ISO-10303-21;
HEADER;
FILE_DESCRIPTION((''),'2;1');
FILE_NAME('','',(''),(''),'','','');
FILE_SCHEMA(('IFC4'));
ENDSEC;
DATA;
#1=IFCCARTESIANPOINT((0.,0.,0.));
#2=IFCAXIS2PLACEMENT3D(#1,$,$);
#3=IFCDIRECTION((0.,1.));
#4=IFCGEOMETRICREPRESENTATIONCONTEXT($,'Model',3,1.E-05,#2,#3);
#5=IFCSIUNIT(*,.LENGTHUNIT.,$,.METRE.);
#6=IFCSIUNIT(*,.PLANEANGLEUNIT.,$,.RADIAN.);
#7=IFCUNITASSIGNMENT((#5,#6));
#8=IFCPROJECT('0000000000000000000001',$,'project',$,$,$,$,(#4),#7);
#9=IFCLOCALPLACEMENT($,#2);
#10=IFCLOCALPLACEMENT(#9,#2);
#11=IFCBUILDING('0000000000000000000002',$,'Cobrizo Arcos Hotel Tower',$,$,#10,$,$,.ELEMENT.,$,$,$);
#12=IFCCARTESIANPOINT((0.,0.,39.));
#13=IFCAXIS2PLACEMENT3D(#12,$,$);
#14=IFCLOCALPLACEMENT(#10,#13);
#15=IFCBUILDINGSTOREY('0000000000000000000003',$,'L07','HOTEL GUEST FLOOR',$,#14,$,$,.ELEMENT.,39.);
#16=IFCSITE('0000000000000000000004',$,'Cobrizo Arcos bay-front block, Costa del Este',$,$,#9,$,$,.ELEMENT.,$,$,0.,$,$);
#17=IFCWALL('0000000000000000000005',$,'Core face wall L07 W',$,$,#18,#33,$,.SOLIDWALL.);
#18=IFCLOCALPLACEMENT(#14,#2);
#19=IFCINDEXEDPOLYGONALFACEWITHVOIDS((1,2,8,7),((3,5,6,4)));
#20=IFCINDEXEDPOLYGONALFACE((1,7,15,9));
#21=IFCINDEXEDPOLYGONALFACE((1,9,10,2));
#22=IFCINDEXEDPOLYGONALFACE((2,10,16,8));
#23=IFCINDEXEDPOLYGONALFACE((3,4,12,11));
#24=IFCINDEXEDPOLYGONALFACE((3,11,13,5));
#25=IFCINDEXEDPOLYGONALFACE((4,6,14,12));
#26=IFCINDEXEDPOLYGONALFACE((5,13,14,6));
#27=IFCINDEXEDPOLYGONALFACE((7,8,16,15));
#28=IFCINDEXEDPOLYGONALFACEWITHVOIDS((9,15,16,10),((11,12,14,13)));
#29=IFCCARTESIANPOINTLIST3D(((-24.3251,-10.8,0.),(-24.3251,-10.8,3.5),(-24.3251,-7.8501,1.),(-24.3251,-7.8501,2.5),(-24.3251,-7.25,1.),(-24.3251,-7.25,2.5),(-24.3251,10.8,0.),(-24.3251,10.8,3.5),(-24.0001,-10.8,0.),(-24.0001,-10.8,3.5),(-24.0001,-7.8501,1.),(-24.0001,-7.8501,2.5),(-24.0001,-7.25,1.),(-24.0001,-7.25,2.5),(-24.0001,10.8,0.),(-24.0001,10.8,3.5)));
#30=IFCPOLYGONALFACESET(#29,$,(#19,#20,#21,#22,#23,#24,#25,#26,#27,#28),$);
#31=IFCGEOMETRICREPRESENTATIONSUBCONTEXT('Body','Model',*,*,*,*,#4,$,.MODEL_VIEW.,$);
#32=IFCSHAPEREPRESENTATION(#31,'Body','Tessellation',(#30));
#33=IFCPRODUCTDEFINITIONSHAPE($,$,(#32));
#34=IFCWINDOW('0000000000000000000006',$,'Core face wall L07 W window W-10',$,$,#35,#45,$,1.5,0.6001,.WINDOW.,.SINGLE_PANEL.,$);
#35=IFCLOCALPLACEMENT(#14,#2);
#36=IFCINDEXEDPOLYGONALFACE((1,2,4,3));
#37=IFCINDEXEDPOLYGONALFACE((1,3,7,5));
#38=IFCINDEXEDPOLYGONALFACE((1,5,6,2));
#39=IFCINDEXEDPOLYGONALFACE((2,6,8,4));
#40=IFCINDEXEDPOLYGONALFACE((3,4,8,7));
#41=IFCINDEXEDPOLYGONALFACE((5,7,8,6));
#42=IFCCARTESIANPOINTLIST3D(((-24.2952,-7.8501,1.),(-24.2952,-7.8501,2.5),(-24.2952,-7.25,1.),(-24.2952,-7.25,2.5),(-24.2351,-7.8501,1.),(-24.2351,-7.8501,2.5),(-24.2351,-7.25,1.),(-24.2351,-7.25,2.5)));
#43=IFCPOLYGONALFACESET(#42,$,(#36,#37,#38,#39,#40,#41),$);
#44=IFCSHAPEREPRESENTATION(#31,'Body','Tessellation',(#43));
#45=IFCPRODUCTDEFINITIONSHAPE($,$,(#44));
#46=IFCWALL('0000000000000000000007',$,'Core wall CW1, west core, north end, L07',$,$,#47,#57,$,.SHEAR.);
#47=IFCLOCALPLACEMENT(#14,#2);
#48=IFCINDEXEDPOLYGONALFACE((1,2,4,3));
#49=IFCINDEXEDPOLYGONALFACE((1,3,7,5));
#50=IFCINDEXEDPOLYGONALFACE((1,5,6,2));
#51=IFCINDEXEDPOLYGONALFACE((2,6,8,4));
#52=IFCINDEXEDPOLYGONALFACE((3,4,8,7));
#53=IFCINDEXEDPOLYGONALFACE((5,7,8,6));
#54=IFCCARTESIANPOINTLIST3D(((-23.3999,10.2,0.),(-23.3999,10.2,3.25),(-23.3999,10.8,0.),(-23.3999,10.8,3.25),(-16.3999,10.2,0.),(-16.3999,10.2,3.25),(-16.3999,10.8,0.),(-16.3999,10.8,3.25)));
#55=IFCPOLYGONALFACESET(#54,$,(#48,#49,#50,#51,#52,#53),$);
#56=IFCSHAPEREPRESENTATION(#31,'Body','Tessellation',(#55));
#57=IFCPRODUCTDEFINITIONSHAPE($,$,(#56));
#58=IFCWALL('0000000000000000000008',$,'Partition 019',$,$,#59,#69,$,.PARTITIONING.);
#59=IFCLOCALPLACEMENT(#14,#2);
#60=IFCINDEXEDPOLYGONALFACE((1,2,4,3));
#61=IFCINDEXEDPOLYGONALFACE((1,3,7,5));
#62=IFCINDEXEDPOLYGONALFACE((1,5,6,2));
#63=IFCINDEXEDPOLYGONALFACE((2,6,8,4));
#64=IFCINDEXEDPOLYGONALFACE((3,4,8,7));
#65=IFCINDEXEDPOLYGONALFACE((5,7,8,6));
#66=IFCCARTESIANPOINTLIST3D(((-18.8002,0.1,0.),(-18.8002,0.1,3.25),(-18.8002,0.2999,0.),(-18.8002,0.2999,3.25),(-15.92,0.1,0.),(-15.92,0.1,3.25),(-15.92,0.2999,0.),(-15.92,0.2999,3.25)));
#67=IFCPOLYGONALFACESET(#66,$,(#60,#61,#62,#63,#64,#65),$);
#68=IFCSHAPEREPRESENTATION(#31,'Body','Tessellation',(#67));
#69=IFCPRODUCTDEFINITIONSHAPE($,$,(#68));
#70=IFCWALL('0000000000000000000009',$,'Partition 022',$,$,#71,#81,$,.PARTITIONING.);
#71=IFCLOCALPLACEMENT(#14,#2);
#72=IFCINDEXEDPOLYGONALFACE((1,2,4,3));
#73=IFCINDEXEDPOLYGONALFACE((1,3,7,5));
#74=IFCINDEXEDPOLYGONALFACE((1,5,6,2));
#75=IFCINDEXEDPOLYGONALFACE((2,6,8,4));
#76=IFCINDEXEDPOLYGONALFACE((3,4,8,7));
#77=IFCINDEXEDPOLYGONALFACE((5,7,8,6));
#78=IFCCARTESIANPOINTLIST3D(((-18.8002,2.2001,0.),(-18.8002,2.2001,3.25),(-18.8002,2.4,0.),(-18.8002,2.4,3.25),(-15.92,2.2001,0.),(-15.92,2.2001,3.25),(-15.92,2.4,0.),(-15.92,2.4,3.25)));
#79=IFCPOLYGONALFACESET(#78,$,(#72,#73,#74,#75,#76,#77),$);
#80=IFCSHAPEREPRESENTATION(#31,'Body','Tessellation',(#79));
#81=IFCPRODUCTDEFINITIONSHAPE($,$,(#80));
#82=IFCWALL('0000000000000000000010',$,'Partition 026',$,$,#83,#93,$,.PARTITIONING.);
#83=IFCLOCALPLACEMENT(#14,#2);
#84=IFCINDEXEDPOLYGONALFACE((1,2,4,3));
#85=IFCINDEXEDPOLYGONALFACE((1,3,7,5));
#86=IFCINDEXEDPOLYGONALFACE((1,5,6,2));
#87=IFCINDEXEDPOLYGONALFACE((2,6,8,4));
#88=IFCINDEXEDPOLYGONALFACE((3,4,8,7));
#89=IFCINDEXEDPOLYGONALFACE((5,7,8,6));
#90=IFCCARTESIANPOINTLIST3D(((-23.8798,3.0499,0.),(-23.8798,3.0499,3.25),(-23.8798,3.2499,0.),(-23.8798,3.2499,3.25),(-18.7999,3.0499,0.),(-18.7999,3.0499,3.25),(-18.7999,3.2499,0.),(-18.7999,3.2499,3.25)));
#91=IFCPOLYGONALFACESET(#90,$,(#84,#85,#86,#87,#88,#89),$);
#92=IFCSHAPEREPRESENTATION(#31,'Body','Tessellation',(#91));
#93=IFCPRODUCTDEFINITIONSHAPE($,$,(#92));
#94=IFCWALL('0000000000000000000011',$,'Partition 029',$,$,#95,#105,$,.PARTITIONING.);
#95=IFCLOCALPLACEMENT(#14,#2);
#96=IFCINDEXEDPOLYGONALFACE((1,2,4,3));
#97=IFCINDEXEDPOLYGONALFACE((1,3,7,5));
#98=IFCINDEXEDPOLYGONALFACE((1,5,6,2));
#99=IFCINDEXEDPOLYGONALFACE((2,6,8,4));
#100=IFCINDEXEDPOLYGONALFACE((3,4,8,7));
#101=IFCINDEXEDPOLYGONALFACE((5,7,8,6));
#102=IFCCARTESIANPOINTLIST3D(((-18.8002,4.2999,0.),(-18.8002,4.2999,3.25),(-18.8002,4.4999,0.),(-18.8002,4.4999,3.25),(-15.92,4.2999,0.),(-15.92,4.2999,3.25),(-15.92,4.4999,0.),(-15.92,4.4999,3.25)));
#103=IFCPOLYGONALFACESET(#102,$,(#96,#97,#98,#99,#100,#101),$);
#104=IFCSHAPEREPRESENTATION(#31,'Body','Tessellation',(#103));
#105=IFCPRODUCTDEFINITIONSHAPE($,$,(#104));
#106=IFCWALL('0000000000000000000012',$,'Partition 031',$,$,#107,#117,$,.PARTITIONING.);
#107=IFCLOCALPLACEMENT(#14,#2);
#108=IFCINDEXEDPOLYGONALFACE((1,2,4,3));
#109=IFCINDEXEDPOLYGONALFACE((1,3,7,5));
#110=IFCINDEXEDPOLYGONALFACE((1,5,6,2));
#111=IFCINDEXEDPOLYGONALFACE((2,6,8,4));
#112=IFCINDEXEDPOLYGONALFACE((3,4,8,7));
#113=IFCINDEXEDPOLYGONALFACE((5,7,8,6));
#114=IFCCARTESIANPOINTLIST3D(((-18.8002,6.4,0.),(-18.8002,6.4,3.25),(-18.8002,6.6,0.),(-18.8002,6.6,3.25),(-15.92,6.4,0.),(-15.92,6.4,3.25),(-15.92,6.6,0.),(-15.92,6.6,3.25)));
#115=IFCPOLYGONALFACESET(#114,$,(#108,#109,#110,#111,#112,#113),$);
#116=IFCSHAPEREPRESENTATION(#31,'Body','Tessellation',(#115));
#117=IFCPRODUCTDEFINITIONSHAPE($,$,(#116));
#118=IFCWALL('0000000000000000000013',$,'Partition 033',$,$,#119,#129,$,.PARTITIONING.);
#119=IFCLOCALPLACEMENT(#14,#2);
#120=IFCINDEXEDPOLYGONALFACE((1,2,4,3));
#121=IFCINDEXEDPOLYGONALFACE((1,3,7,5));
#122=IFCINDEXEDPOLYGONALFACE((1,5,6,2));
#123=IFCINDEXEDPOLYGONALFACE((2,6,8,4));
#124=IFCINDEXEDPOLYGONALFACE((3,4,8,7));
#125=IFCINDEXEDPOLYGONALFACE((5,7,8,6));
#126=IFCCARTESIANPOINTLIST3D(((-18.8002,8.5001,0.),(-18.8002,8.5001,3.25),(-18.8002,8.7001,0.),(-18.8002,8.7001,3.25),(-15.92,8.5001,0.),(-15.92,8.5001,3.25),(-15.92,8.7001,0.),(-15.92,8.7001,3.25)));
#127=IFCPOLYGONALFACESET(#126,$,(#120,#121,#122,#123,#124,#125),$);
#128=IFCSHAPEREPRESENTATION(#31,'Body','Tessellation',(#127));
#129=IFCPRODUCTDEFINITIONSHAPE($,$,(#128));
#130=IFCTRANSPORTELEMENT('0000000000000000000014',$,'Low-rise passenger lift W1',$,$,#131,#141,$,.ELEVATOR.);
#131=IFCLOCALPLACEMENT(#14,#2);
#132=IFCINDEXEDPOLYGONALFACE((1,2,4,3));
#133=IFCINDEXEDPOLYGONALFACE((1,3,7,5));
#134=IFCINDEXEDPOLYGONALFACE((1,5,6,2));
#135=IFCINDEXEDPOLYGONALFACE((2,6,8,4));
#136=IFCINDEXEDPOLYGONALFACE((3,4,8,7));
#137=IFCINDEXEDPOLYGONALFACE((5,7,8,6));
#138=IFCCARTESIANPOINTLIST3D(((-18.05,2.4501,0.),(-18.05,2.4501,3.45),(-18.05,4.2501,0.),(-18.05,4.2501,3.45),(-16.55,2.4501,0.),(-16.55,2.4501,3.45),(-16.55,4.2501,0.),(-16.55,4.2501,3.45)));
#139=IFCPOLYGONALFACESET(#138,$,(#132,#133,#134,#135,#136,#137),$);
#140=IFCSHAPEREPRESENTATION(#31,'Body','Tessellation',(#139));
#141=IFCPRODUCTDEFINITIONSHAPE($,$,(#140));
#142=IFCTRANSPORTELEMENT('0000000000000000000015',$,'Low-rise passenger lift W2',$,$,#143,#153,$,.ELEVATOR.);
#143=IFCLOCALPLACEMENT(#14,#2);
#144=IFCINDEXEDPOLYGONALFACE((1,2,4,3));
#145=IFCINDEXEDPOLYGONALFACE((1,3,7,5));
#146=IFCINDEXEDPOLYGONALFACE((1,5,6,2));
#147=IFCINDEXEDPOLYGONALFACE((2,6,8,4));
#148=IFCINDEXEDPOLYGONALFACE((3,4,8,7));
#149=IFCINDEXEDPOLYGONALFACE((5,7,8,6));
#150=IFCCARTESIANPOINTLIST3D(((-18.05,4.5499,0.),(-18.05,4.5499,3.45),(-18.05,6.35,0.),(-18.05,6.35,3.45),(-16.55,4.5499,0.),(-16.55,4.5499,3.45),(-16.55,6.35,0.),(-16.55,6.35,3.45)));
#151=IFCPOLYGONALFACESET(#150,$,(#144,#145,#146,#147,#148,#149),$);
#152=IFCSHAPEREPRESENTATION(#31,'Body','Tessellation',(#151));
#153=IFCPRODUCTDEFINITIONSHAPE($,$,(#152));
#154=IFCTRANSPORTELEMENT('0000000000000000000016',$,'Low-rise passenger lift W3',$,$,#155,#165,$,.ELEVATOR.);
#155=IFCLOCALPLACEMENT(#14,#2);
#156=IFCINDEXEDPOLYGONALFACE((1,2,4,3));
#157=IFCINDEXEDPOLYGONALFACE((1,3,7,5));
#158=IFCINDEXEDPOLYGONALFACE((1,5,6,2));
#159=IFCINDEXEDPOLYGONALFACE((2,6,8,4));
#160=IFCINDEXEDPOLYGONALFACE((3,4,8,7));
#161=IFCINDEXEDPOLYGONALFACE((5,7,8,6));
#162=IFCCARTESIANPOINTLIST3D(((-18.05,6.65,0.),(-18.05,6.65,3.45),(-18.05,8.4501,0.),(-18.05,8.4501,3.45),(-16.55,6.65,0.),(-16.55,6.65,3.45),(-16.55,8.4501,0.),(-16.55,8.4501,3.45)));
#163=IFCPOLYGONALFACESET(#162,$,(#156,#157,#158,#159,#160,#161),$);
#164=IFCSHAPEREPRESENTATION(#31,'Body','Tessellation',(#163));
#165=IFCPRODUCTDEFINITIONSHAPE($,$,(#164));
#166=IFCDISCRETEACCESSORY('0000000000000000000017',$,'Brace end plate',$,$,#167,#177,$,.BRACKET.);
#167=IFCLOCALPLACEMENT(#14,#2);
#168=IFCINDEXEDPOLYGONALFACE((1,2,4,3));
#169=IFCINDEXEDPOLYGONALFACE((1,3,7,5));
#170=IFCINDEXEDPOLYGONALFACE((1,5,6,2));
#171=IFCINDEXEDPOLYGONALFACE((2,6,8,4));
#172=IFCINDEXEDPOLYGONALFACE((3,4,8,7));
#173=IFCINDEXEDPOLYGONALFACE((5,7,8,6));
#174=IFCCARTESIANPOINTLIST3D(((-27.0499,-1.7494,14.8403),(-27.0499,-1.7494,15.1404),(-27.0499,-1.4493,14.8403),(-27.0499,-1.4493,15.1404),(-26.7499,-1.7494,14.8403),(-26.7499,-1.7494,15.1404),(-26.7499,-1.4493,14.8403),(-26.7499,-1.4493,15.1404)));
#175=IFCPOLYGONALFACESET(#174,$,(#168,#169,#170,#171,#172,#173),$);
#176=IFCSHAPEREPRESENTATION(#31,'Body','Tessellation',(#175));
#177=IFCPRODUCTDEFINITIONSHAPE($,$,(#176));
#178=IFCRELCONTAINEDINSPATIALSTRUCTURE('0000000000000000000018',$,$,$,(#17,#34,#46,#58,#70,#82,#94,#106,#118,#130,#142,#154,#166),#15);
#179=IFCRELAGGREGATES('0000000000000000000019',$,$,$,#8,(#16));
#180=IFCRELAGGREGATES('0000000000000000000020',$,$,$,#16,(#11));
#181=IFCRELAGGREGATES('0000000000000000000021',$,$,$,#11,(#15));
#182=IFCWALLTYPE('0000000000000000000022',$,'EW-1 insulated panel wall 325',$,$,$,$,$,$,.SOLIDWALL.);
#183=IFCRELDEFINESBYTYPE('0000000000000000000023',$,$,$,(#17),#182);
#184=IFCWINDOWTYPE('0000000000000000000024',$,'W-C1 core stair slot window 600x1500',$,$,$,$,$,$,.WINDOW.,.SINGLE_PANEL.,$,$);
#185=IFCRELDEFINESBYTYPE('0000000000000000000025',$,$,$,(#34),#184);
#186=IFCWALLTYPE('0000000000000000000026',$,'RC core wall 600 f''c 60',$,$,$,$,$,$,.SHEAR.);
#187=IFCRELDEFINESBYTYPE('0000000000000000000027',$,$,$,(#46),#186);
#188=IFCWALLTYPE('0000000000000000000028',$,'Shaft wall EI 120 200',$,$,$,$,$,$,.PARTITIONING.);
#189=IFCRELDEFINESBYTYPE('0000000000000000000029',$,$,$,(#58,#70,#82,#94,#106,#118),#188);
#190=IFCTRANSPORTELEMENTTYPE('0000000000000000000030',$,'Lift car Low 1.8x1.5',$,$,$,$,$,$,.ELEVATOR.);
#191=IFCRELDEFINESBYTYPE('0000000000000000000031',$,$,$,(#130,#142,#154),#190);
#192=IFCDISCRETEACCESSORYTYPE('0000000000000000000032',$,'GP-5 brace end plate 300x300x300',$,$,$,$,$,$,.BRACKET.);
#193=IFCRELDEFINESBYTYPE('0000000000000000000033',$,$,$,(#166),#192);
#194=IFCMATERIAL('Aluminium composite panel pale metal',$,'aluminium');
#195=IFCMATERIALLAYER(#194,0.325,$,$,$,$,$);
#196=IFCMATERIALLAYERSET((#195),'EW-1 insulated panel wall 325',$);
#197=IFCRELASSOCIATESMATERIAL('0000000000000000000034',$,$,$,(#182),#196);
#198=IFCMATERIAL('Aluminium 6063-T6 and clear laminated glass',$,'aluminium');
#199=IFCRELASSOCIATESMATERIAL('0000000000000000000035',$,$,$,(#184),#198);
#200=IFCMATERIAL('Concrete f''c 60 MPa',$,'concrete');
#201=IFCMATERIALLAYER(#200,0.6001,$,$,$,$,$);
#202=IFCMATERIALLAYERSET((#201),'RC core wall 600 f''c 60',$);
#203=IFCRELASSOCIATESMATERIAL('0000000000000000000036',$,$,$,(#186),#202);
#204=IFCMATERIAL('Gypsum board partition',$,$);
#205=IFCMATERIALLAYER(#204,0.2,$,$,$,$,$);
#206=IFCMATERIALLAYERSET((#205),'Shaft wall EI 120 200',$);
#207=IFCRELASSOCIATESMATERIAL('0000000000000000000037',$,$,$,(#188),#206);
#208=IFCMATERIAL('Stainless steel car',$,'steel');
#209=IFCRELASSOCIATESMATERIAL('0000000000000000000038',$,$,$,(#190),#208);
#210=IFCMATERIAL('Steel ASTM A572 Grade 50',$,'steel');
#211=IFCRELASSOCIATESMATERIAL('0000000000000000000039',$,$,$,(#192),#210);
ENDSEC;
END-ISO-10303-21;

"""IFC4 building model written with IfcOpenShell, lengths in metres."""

from ifc_helpers import new_model, si_unit, direction, frame, frame_2d, origin, origin_2d, place, context, subcontext, project, spatial, rectangle, extrude, material, layer, layer_set, type_object, element, fill, save


model = new_model("IFC4")

# Units and contexts
model_context = context("Model", 3, precision=1e-05, world=origin(), true_north=direction((0.0, 1.0)))
body_context = subcontext(model_context, "Body", "Model", "MODEL_VIEW")
ifc_project = project(units=[si_unit("LENGTHUNIT", "METRE"), si_unit("PLANEANGLEUNIT", "RADIAN")], contexts=[model_context])

# Site, building, storey
site_placement = place(None, origin())
site = spatial("IfcSite", under=ifc_project, at=site_placement, Name="Cobrizo Arcos bay-front block, Costa del Este", CompositionType="ELEMENT", RefElevation=0.0)
building_placement = place(site_placement, origin())
building = spatial("IfcBuilding", under=site, at=building_placement, Name="Cobrizo Arcos Hotel Tower", CompositionType="ELEMENT")
storey_placement = place(building_placement, frame((0.0, 0.0, 39.0)))
storey = spatial("IfcBuildingStorey", under=building, at=storey_placement, Name="L07", Description="HOTEL GUEST FLOOR", CompositionType="ELEMENT", Elevation=39.0)

# Shared definitions
ifc_material_1 = material(Name="Steel ASTM A572 Grade 50", Category="steel")

# Shared definitions
ifc_material_2 = material(Name="Aluminium composite panel pale metal", Category="aluminium")

# Shared definitions
ifc_material_3 = material(Name="Gypsum board partition")

# Wall, opening, window
ifc_layer_1 = layer(ifc_material_2, 0.325)
ifc_layer_set_1 = layer_set([ifc_layer_1], Name="EW-1 insulated panel wall 325")
wall_type_1 = type_object("IfcWallType", Name="EW-1 insulated panel wall 325", PredefinedType="SOLIDWALL", material=ifc_layer_set_1)
wall_1_placement = place(storey_placement, frame((-24.1626, 10.8, 0.0), z_axis=(0.0, 0.0, 1.0), x_axis=(0.0, -1.0, 0.0)))
wall_1 = element("IfcWall", 1, at=wall_1_placement, inside=storey, type_object=wall_type_1, Name="Core face wall L07 W", PredefinedType="SOLIDWALL", context=body_context, shape_type="SweptSolid", body=[
    extrude(rectangle(XDim=21.6001, YDim=0.325, at=frame_2d((10.8, 0.0))), origin(), (0.0, 0.0, 1.0), 3.5),
])
opening_1_placement = place(wall_1_placement, frame((18.05, 0.0, 1.0)))
opening_1 = element("IfcOpeningElement", 2, at=opening_1_placement, cuts=wall_1, PredefinedType="OPENING", context=body_context, shape_type="SweptSolid", body=[
    extrude(rectangle(XDim=0.6001, YDim=1.5, at=frame_2d((0.3, 0.75))), frame((0.0, 0.1746, 0.0), z_axis=(0.0, -1.0, 0.0), x_axis=(1.0, 0.0, 0.0)), (0.0, 0.0, 1.0), 0.3489),
])
ifc_material_4 = material(Name="Aluminium 6063-T6 and clear laminated glass", Category="aluminium")
window_type = type_object("IfcWindowType", Name="W-C1 core stair slot window 600x1500", PartitioningType="SINGLE_PANEL", PredefinedType="WINDOW", material=ifc_material_4)
window_placement = place(opening_1_placement, origin())
window = element("IfcWindow", 3, at=window_placement, inside=storey, type_object=window_type, Name="Core face wall L07 W window W-10", OverallHeight=1.5, OverallWidth=0.6001, PartitioningType="SINGLE_PANEL", PredefinedType="WINDOW", context=body_context, shape_type="SweptSolid", body=[
    extrude(rectangle(XDim=0.6001, YDim=1.5, at=frame_2d((0.3, 0.75))), frame((0.0, -0.0725, 0.0), z_axis=(0.0, -1.0, 0.0), x_axis=(1.0, 0.0, 0.0)), (0.0, 0.0, 1.0), 0.0601),
])
fill(opening_1, window)

# Walls
ifc_material_5 = material(Name="Concrete f'c 60 MPa", Category="concrete")
ifc_layer_2 = layer(ifc_material_5, 0.6001)
ifc_layer_set_2 = layer_set([ifc_layer_2], Name="RC core wall 600 f'c 60")
wall_type_2 = type_object("IfcWallType", Name="RC core wall 600 f'c 60", PredefinedType="SHEAR", material=ifc_layer_set_2)
wall_2_placement = place(storey_placement, frame((-23.3999, 10.5, 0.0), z_axis=(0.0, 0.0, 1.0), x_axis=(1.0, 0.0, 0.0)))
element("IfcWall", 4, at=wall_2_placement, inside=storey, type_object=wall_type_2, Name="Core wall CW1, west core, north end, L07", PredefinedType="SHEAR", context=body_context, shape_type="SweptSolid", body=[
    extrude(rectangle(XDim=7.0, YDim=0.6001, at=frame_2d((3.5, 0.0))), origin(), (0.0, 0.0, 1.0), 3.25),
])
ifc_layer_3 = layer(ifc_material_3, 0.2)
ifc_layer_set_3 = layer_set([ifc_layer_3], Name="Shaft wall EI 120 200")
wall_type_3 = type_object("IfcWallType", Name="Shaft wall EI 120 200", PredefinedType="PARTITIONING", material=ifc_layer_set_3)
for number, where, z_axis, x_axis, name in (
    (5, (-18.8, 0.2, 0.0), (0.0, 0.0, 1.0), (1.0, 0.0, 0.0), "Partition 019"),
    (6, (-18.8, 2.3, 0.0), (0.0, 0.0, 1.0), (1.0, 0.0, 0.0), "Partition 022"),
):
    element("IfcWall", number, at=place(storey_placement, frame(where, z_axis=z_axis, x_axis=x_axis)), inside=storey, type_object=wall_type_3, Name=name, PredefinedType="PARTITIONING", context=body_context, shape_type="SweptSolid", body=[
        extrude(rectangle(XDim=2.8801, YDim=0.2, at=frame_2d((1.4399, 0.0))), origin(), (0.0, 0.0, 1.0), 3.25),
    ])
wall_3_placement = place(storey_placement, frame((-23.8799, 3.1499, 0.0), z_axis=(0.0, 0.0, 1.0), x_axis=(1.0, 0.0, 0.0)))
element("IfcWall", 7, at=wall_3_placement, inside=storey, type_object=wall_type_3, Name="Partition 026", PredefinedType="PARTITIONING", context=body_context, shape_type="SweptSolid", body=[
    extrude(rectangle(XDim=5.0798, YDim=0.2, at=frame_2d((2.54, 0.0))), origin(), (0.0, 0.0, 1.0), 3.25),
])
for number, where, z_axis, x_axis, name in (
    (8, (-18.8, 4.3999, 0.0), (0.0, 0.0, 1.0), (1.0, 0.0, 0.0), "Partition 029"),
    (9, (-18.8, 6.5, 0.0), (0.0, 0.0, 1.0), (1.0, 0.0, 0.0), "Partition 031"),
    (10, (-18.8, 8.6001, 0.0), (0.0, 0.0, 1.0), (1.0, 0.0, 0.0), "Partition 033"),
):
    element("IfcWall", number, at=place(storey_placement, frame(where, z_axis=z_axis, x_axis=x_axis)), inside=storey, type_object=wall_type_3, Name=name, PredefinedType="PARTITIONING", context=body_context, shape_type="SweptSolid", body=[
        extrude(rectangle(XDim=2.8801, YDim=0.2, at=frame_2d((1.4399, 0.0))), origin(), (0.0, 0.0, 1.0), 3.25),
    ])

# Transport elements
ifc_material_6 = material(Name="Stainless steel car", Category="steel")
transport_element_type = type_object("IfcTransportElementType", Name="Lift car Low 1.8x1.5", PredefinedType="ELEVATOR", material=ifc_material_6)
for number, where, z_axis, x_axis, name in (
    (11, (-17.3, 3.3501, 0.0), (0.0, 0.0, 1.0), (1.0, 0.0, 0.0), "Low-rise passenger lift W1"),
    (12, (-17.3, 5.45, 0.0), (0.0, 0.0, 1.0), (1.0, 0.0, 0.0), "Low-rise passenger lift W2"),
    (13, (-17.3, 7.55, 0.0), (0.0, 0.0, 1.0), (1.0, 0.0, 0.0), "Low-rise passenger lift W3"),
):
    element("IfcTransportElement", number, at=place(storey_placement, frame(where, z_axis=z_axis, x_axis=x_axis)), inside=storey, type_object=transport_element_type, Name=name, PredefinedType="ELEVATOR", context=body_context, shape_type="SweptSolid", body=[
        extrude(rectangle(XDim=1.5, YDim=1.8, at=origin_2d()), origin(), (0.0, 0.0, 1.0), 3.45),
    ])

# Discrete accessory
discrete_accessory_type = type_object("IfcDiscreteAccessoryType", Name="GP-5 brace end plate 300x300x300", PredefinedType="BRACKET", material=ifc_material_1)
discrete_accessory_placement = place(storey_placement, frame((-26.8999, -1.5994, 14.8403), z_axis=(0.0, 0.0, 1.0), x_axis=(1.0, 0.0, 0.0)))
element("IfcDiscreteAccessory", 14, at=discrete_accessory_placement, inside=storey, type_object=discrete_accessory_type, Name="Brace end plate", PredefinedType="BRACKET", context=body_context, shape_type="SweptSolid", body=[
    extrude(rectangle(XDim=0.3, YDim=0.3, at=origin_2d()), origin(), (0.0, 0.0, 1.0), 0.3),
])

save(model, "model.ifc")
